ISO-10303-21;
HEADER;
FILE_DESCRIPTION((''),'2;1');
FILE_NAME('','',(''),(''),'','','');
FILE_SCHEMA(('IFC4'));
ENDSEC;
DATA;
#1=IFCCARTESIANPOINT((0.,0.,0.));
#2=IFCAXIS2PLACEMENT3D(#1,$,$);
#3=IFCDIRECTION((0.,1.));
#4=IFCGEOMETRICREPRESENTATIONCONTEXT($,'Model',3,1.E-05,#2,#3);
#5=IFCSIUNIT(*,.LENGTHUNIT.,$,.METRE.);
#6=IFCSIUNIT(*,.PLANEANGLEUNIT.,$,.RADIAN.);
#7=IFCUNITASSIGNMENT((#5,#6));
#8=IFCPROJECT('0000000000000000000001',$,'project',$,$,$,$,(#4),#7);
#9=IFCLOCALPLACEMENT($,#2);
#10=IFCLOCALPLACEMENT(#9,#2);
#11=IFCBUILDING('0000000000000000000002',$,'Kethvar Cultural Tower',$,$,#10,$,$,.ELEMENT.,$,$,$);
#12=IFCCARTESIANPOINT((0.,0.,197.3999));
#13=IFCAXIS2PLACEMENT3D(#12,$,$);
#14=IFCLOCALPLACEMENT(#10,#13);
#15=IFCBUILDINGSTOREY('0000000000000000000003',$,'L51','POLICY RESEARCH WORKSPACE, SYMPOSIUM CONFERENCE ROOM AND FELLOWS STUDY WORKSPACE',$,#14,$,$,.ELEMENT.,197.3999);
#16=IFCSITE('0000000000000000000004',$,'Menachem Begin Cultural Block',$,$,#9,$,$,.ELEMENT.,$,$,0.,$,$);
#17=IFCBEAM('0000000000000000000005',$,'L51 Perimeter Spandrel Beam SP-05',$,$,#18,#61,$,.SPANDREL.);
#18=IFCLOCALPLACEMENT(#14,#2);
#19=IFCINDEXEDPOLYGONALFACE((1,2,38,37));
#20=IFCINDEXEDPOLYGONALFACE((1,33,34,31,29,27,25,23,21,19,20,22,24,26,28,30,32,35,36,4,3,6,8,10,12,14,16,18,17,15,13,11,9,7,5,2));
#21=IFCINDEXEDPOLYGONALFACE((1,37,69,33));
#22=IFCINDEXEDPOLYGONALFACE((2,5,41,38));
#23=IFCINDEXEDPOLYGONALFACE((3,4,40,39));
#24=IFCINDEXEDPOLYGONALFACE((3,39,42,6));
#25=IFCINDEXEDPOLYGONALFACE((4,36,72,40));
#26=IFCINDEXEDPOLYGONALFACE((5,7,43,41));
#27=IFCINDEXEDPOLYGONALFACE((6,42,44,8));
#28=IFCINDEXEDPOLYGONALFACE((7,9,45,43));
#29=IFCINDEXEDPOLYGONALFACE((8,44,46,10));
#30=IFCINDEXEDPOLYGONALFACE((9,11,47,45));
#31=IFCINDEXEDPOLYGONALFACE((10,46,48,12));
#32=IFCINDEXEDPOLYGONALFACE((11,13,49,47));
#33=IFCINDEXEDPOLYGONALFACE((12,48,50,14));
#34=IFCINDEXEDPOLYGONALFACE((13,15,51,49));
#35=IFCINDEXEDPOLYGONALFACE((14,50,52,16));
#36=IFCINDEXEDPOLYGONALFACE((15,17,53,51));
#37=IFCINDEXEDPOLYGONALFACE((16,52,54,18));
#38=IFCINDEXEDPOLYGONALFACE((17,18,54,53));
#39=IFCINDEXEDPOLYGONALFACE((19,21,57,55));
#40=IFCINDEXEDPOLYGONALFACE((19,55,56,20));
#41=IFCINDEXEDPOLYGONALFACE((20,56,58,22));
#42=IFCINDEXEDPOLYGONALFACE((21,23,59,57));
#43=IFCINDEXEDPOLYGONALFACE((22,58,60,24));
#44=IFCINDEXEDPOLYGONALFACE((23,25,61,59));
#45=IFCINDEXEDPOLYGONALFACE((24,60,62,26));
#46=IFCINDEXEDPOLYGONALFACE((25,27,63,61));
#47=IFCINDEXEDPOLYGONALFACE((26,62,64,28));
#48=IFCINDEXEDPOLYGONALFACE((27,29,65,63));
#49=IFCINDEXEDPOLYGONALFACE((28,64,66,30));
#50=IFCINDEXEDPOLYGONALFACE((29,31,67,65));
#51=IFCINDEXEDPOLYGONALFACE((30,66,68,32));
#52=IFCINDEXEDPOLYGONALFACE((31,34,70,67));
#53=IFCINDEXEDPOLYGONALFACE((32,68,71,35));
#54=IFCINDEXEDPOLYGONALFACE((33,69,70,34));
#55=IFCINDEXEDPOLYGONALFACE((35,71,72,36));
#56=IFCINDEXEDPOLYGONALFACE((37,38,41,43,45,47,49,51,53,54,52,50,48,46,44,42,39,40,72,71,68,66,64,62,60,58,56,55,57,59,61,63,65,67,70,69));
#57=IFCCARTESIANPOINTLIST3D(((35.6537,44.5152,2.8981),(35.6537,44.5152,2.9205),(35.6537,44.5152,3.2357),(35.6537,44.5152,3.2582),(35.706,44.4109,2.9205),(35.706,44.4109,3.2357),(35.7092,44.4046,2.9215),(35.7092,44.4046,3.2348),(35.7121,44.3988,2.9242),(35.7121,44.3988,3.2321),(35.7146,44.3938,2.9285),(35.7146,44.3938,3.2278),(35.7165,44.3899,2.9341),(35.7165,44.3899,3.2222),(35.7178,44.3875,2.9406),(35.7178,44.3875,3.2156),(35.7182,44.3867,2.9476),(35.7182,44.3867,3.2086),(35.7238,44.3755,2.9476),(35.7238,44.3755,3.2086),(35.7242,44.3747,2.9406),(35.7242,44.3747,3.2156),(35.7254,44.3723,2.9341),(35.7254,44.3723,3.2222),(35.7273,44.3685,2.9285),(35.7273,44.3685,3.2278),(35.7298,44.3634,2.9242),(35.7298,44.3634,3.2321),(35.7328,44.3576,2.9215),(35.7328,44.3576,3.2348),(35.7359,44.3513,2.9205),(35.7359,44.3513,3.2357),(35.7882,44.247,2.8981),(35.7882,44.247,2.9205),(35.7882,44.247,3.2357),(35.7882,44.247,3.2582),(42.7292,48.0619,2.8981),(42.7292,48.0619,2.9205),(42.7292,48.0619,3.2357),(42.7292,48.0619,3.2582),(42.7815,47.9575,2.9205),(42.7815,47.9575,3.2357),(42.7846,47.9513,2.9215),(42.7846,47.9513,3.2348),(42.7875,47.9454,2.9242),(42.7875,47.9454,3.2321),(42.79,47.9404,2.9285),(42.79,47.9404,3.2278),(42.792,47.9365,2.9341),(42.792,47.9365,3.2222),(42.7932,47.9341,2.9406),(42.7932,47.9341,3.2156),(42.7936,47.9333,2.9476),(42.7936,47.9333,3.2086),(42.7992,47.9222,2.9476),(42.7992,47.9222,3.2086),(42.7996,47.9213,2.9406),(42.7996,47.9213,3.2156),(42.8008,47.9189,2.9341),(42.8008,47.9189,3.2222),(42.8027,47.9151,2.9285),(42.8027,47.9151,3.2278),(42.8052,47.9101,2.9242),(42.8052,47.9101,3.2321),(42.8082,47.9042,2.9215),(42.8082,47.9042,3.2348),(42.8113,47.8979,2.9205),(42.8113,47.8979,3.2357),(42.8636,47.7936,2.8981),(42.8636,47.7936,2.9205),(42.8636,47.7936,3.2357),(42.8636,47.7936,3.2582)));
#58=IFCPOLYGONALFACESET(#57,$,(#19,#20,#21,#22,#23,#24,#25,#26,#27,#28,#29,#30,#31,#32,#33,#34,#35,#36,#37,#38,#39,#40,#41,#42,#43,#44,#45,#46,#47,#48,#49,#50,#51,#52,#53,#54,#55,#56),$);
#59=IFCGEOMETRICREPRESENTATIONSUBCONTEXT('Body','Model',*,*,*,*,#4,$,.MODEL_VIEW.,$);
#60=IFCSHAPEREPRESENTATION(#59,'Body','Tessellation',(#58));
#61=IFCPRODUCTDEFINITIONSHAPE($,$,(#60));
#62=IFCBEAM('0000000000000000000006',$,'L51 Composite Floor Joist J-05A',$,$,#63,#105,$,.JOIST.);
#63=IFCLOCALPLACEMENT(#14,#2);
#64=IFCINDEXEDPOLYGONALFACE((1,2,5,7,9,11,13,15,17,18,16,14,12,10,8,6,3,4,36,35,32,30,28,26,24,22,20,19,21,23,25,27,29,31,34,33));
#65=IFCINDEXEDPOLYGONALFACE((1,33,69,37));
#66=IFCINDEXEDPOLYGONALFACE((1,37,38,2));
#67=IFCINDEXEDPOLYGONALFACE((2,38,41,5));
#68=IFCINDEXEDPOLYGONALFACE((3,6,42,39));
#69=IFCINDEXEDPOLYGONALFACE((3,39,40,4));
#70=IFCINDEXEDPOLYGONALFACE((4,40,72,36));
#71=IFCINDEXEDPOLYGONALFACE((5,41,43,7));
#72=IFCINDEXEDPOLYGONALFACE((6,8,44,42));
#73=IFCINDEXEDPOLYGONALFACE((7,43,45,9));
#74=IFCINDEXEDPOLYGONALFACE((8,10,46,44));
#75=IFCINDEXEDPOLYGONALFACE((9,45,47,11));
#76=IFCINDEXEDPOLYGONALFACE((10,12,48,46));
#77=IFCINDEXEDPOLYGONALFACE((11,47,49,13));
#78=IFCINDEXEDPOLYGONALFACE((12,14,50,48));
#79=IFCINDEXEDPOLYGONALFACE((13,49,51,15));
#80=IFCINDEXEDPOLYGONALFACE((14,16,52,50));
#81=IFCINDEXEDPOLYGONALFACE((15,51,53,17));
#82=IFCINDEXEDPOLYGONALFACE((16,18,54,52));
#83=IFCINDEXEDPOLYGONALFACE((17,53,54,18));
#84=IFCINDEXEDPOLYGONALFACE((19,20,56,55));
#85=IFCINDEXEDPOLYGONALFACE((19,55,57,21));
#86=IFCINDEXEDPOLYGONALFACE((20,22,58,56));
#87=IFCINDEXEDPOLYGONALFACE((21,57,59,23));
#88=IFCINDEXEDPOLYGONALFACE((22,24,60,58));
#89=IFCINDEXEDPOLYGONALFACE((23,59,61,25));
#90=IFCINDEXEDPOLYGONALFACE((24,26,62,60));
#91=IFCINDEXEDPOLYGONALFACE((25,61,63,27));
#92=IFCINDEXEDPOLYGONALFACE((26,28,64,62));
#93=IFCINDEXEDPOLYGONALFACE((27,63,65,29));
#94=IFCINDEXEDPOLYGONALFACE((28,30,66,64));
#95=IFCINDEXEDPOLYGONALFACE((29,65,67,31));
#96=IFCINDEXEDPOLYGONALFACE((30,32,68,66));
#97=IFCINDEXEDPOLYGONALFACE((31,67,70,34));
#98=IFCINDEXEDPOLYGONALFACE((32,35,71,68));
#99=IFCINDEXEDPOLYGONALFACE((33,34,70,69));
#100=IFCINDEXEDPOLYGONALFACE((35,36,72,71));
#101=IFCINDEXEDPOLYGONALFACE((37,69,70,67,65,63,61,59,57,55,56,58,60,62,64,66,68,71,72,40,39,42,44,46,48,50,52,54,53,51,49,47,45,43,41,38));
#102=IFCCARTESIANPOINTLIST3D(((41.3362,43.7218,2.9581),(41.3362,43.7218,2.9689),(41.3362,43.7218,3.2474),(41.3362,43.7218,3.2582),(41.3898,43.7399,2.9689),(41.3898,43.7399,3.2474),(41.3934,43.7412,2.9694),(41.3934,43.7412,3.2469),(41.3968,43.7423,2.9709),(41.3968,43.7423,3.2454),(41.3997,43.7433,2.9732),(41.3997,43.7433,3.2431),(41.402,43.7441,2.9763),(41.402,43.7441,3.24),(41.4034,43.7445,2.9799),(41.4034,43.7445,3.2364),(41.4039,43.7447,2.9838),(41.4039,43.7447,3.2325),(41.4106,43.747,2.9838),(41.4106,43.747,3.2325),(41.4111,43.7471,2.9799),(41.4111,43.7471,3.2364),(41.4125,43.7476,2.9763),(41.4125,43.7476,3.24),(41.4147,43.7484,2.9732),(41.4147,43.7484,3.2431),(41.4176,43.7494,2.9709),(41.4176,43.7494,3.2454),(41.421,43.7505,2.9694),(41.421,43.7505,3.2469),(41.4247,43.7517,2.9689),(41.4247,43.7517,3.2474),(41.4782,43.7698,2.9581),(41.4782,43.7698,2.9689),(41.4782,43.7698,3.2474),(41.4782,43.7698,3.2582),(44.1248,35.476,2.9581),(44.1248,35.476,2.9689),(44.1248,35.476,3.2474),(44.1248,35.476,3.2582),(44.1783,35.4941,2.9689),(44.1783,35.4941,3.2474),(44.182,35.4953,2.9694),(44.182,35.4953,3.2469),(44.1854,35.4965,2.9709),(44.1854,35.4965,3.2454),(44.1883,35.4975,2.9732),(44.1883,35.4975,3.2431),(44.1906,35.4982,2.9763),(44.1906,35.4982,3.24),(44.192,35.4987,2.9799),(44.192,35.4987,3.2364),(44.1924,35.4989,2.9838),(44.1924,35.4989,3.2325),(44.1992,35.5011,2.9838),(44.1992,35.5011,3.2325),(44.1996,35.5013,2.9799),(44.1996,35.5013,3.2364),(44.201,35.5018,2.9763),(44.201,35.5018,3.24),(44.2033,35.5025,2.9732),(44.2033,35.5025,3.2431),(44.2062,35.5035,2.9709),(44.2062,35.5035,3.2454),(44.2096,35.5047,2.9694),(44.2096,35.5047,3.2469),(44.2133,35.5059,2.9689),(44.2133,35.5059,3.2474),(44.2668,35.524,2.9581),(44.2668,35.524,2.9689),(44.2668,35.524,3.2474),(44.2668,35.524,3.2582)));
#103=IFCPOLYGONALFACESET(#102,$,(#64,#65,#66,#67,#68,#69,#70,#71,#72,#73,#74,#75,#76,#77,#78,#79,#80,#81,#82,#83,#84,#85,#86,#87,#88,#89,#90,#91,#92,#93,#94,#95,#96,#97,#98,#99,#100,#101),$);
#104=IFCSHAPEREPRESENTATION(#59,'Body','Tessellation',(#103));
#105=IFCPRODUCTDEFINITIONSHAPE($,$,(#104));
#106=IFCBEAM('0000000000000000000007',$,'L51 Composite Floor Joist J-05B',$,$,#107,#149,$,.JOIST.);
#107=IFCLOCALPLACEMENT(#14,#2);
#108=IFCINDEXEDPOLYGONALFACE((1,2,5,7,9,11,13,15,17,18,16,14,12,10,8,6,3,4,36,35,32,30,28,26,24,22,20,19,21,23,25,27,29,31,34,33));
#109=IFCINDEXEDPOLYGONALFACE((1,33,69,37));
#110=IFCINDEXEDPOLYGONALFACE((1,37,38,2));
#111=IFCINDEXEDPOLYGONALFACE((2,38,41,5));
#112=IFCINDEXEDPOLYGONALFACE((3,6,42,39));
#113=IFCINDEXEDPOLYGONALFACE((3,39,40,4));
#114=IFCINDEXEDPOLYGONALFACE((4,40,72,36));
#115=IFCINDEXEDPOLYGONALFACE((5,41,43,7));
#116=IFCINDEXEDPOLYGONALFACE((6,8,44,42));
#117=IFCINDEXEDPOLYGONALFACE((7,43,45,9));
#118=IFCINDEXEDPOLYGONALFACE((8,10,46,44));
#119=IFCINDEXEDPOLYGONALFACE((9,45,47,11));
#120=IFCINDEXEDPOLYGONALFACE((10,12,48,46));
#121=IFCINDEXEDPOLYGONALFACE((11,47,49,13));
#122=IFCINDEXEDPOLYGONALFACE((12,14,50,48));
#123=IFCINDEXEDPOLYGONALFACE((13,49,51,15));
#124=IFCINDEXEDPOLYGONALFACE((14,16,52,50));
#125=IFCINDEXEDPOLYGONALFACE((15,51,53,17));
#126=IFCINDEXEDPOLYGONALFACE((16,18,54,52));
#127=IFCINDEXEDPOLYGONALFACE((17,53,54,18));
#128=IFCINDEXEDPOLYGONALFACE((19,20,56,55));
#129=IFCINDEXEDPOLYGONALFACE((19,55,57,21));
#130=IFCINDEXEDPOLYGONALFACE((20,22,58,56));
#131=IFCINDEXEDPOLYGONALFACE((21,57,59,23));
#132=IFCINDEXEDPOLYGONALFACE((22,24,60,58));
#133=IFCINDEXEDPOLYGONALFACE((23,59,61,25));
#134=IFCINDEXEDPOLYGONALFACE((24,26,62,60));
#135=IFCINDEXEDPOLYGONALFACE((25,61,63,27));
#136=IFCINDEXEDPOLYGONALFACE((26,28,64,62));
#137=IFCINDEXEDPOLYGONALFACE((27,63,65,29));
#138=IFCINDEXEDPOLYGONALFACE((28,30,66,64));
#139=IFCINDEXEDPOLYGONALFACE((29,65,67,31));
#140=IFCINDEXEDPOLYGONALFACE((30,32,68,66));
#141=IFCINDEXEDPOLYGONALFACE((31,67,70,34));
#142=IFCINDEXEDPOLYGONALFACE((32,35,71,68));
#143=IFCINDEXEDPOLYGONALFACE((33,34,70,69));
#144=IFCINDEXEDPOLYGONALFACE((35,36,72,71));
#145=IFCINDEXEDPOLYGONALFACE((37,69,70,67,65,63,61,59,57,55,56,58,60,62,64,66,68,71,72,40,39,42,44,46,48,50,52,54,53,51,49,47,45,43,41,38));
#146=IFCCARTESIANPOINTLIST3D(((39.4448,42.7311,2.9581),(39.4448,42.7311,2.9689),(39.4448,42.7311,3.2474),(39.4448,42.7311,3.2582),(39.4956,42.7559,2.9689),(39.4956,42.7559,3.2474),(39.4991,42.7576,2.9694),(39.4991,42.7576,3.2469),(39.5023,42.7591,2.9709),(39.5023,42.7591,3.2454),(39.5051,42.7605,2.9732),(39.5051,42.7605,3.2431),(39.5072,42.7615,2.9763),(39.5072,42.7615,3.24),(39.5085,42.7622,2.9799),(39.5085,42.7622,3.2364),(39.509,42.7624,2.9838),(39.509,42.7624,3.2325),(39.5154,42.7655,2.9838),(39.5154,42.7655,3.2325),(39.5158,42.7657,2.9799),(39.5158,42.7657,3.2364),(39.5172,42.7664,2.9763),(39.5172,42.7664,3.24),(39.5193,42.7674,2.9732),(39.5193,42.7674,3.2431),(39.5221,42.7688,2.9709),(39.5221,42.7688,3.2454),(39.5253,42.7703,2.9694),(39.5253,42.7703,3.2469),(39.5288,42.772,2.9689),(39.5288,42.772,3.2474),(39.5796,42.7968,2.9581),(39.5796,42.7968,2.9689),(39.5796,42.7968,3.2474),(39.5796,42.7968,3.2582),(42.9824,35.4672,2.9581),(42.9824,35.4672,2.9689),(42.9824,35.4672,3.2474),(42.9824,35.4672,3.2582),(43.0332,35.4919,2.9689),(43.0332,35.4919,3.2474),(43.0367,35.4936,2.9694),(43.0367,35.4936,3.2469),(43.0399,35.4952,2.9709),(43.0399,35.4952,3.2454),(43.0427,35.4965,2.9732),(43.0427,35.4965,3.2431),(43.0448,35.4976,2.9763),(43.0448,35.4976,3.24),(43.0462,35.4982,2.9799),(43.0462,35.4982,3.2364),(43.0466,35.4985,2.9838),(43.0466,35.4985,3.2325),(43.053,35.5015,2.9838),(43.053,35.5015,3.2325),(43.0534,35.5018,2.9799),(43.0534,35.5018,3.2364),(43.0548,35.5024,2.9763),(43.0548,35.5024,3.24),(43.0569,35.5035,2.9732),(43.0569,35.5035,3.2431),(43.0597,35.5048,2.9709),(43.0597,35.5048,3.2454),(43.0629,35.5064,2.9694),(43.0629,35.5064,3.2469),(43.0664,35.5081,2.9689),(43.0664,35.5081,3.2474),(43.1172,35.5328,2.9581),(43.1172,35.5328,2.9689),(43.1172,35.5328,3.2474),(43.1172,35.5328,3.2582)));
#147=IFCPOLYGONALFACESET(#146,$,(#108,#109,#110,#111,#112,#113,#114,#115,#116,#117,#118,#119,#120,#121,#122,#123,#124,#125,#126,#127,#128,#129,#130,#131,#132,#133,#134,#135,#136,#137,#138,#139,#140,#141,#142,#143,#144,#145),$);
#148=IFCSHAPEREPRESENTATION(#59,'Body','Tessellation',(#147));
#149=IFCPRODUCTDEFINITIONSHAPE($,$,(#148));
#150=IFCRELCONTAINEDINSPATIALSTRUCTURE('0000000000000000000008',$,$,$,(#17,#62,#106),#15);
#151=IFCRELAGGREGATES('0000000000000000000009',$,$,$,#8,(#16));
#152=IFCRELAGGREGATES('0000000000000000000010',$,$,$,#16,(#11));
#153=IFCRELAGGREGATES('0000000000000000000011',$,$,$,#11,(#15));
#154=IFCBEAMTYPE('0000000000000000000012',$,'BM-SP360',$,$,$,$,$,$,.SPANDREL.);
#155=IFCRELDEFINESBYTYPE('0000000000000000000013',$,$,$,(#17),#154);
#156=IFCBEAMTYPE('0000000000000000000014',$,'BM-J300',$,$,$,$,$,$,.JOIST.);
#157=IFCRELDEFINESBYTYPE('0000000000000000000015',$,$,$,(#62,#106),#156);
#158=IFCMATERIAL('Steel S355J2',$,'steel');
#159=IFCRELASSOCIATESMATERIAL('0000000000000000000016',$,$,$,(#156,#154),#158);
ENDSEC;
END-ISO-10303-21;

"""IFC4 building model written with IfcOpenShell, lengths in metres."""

from ifc_helpers import new_model, si_unit, direction, frame, origin, origin_2d, place, context, subcontext, project, spatial, i_section, extrude, source, transform, mapped, material, material_profile, profile_set, type_object, element, save


model = new_model("IFC4")

# Units and contexts
model_context = context("Model", 3, precision=1e-05, world=origin(), true_north=direction((0.0, 1.0)))
body_context = subcontext(model_context, "Body", "Model", "MODEL_VIEW")
ifc_project = project(units=[si_unit("LENGTHUNIT", "METRE"), si_unit("PLANEANGLEUNIT", "RADIAN")], contexts=[model_context])

# Site, building, storey
site_placement = place(None, origin())
site = spatial("IfcSite", under=ifc_project, at=site_placement, Name="Menachem Begin Cultural Block", CompositionType="ELEMENT", RefElevation=0.0)
building_placement = place(site_placement, origin())
building = spatial("IfcBuilding", under=site, at=building_placement, Name="Kethvar Cultural Tower", CompositionType="ELEMENT")
storey_placement = place(building_placement, frame((0.0, 0.0, 197.3999)))
storey = spatial("IfcBuildingStorey", under=building, at=storey_placement, Name="L51", Description="POLICY RESEARCH WORKSPACE, SYMPOSIUM CONFERENCE ROOM AND FELLOWS STUDY WORKSPACE", CompositionType="ELEMENT", Elevation=197.3999)

# Beams
ifc_material_1 = material(Name="Steel S355J2", Category="steel")
ifc_material_profile_1 = material_profile(ifc_material_1, i_section(OverallWidth=0.1499, OverallDepth=0.3, WebThickness=0.0071, FlangeThickness=0.0107, FilletRadius=0.0149, at=origin_2d()), Name="Steel S355J2 — IPE300")
ifc_profile_set_1 = profile_set([ifc_material_profile_1], Name="Steel S355J2 — IPE300")
beam_type_1 = type_object("IfcBeamType", Name="BM-J300", PredefinedType="JOIST", material=ifc_profile_set_1)
ifc_material_profile_2 = material_profile(ifc_material_1, i_section(OverallWidth=0.3, OverallDepth=0.3601, WebThickness=0.0125, FlangeThickness=0.0225, FilletRadius=0.0271, at=origin_2d()), Name="Steel S355J2 — HEB360")
ifc_profile_set_2 = profile_set([ifc_material_profile_2], Name="Steel S355J2 — HEB360")
beam_type_2 = type_object("IfcBeamType", Name="BM-SP360", PredefinedType="SPANDREL", material=ifc_profile_set_2)
shared_shape_1 = source(origin(), body_context, "Body", "SweptSolid", [
    extrude(i_section(OverallWidth=0.3, OverallDepth=0.3601, WebThickness=0.0125, FlangeThickness=0.0225, FilletRadius=0.0271, at=origin_2d()), origin(), (0.0, 0.0, 1.0), 7.9146),
])
beam_1_placement = place(storey_placement, frame((42.7964, 47.9277, 3.0781), z_axis=(-0.893976, -0.448114, 0.0), x_axis=(0.448114, -0.893976, 0.0)))
element("IfcBeam", 1, at=beam_1_placement, inside=storey, type_object=beam_type_2, Name="L51 Perimeter Spandrel Beam SP-05", PredefinedType="SPANDREL", context=body_context, shape_type="MappedRepresentation", body=[
    mapped(shared_shape_1, transform((0.0, 0.0, 0.0), scale=1.0)),
])
shared_shape_2 = source(origin(), body_context, "Body", "SweptSolid", [
    extrude(i_section(OverallWidth=0.1499, OverallDepth=0.3, WebThickness=0.0071, FlangeThickness=0.0107, FilletRadius=0.0149, at=origin_2d()), origin(), (0.0, 0.0, 1.0), 8.7046),
])
beam_2_placement = place(storey_placement, frame((44.1958, 35.5, 3.1082), z_axis=(-0.320356, 0.947297, 0.0), x_axis=(-0.947297, -0.320356, 0.0)))
element("IfcBeam", 2, at=beam_2_placement, inside=storey, type_object=beam_type_1, Name="L51 Composite Floor Joist J-05A", PredefinedType="JOIST", context=body_context, shape_type="MappedRepresentation", body=[
    mapped(shared_shape_2, transform((0.0, 0.0, 0.0), scale=1.0)),
])
shared_shape_3 = source(origin(), body_context, "Body", "SweptSolid", [
    extrude(i_section(OverallWidth=0.1499, OverallDepth=0.3, WebThickness=0.0071, FlangeThickness=0.0107, FilletRadius=0.0149, at=origin_2d()), origin(), (0.0, 0.0, 1.0), 8.0796),
])
beam_3_placement = place(storey_placement, frame((43.0498, 35.5, 3.1082), z_axis=(-0.437846, 0.89905, 0.0), x_axis=(-0.89905, -0.437846, 0.0)))
element("IfcBeam", 3, at=beam_3_placement, inside=storey, type_object=beam_type_1, Name="L51 Composite Floor Joist J-05B", PredefinedType="JOIST", context=body_context, shape_type="MappedRepresentation", body=[
    mapped(shared_shape_3, transform((0.0, 0.0, 0.0), scale=1.0)),
])

save(model, "model.ifc")
